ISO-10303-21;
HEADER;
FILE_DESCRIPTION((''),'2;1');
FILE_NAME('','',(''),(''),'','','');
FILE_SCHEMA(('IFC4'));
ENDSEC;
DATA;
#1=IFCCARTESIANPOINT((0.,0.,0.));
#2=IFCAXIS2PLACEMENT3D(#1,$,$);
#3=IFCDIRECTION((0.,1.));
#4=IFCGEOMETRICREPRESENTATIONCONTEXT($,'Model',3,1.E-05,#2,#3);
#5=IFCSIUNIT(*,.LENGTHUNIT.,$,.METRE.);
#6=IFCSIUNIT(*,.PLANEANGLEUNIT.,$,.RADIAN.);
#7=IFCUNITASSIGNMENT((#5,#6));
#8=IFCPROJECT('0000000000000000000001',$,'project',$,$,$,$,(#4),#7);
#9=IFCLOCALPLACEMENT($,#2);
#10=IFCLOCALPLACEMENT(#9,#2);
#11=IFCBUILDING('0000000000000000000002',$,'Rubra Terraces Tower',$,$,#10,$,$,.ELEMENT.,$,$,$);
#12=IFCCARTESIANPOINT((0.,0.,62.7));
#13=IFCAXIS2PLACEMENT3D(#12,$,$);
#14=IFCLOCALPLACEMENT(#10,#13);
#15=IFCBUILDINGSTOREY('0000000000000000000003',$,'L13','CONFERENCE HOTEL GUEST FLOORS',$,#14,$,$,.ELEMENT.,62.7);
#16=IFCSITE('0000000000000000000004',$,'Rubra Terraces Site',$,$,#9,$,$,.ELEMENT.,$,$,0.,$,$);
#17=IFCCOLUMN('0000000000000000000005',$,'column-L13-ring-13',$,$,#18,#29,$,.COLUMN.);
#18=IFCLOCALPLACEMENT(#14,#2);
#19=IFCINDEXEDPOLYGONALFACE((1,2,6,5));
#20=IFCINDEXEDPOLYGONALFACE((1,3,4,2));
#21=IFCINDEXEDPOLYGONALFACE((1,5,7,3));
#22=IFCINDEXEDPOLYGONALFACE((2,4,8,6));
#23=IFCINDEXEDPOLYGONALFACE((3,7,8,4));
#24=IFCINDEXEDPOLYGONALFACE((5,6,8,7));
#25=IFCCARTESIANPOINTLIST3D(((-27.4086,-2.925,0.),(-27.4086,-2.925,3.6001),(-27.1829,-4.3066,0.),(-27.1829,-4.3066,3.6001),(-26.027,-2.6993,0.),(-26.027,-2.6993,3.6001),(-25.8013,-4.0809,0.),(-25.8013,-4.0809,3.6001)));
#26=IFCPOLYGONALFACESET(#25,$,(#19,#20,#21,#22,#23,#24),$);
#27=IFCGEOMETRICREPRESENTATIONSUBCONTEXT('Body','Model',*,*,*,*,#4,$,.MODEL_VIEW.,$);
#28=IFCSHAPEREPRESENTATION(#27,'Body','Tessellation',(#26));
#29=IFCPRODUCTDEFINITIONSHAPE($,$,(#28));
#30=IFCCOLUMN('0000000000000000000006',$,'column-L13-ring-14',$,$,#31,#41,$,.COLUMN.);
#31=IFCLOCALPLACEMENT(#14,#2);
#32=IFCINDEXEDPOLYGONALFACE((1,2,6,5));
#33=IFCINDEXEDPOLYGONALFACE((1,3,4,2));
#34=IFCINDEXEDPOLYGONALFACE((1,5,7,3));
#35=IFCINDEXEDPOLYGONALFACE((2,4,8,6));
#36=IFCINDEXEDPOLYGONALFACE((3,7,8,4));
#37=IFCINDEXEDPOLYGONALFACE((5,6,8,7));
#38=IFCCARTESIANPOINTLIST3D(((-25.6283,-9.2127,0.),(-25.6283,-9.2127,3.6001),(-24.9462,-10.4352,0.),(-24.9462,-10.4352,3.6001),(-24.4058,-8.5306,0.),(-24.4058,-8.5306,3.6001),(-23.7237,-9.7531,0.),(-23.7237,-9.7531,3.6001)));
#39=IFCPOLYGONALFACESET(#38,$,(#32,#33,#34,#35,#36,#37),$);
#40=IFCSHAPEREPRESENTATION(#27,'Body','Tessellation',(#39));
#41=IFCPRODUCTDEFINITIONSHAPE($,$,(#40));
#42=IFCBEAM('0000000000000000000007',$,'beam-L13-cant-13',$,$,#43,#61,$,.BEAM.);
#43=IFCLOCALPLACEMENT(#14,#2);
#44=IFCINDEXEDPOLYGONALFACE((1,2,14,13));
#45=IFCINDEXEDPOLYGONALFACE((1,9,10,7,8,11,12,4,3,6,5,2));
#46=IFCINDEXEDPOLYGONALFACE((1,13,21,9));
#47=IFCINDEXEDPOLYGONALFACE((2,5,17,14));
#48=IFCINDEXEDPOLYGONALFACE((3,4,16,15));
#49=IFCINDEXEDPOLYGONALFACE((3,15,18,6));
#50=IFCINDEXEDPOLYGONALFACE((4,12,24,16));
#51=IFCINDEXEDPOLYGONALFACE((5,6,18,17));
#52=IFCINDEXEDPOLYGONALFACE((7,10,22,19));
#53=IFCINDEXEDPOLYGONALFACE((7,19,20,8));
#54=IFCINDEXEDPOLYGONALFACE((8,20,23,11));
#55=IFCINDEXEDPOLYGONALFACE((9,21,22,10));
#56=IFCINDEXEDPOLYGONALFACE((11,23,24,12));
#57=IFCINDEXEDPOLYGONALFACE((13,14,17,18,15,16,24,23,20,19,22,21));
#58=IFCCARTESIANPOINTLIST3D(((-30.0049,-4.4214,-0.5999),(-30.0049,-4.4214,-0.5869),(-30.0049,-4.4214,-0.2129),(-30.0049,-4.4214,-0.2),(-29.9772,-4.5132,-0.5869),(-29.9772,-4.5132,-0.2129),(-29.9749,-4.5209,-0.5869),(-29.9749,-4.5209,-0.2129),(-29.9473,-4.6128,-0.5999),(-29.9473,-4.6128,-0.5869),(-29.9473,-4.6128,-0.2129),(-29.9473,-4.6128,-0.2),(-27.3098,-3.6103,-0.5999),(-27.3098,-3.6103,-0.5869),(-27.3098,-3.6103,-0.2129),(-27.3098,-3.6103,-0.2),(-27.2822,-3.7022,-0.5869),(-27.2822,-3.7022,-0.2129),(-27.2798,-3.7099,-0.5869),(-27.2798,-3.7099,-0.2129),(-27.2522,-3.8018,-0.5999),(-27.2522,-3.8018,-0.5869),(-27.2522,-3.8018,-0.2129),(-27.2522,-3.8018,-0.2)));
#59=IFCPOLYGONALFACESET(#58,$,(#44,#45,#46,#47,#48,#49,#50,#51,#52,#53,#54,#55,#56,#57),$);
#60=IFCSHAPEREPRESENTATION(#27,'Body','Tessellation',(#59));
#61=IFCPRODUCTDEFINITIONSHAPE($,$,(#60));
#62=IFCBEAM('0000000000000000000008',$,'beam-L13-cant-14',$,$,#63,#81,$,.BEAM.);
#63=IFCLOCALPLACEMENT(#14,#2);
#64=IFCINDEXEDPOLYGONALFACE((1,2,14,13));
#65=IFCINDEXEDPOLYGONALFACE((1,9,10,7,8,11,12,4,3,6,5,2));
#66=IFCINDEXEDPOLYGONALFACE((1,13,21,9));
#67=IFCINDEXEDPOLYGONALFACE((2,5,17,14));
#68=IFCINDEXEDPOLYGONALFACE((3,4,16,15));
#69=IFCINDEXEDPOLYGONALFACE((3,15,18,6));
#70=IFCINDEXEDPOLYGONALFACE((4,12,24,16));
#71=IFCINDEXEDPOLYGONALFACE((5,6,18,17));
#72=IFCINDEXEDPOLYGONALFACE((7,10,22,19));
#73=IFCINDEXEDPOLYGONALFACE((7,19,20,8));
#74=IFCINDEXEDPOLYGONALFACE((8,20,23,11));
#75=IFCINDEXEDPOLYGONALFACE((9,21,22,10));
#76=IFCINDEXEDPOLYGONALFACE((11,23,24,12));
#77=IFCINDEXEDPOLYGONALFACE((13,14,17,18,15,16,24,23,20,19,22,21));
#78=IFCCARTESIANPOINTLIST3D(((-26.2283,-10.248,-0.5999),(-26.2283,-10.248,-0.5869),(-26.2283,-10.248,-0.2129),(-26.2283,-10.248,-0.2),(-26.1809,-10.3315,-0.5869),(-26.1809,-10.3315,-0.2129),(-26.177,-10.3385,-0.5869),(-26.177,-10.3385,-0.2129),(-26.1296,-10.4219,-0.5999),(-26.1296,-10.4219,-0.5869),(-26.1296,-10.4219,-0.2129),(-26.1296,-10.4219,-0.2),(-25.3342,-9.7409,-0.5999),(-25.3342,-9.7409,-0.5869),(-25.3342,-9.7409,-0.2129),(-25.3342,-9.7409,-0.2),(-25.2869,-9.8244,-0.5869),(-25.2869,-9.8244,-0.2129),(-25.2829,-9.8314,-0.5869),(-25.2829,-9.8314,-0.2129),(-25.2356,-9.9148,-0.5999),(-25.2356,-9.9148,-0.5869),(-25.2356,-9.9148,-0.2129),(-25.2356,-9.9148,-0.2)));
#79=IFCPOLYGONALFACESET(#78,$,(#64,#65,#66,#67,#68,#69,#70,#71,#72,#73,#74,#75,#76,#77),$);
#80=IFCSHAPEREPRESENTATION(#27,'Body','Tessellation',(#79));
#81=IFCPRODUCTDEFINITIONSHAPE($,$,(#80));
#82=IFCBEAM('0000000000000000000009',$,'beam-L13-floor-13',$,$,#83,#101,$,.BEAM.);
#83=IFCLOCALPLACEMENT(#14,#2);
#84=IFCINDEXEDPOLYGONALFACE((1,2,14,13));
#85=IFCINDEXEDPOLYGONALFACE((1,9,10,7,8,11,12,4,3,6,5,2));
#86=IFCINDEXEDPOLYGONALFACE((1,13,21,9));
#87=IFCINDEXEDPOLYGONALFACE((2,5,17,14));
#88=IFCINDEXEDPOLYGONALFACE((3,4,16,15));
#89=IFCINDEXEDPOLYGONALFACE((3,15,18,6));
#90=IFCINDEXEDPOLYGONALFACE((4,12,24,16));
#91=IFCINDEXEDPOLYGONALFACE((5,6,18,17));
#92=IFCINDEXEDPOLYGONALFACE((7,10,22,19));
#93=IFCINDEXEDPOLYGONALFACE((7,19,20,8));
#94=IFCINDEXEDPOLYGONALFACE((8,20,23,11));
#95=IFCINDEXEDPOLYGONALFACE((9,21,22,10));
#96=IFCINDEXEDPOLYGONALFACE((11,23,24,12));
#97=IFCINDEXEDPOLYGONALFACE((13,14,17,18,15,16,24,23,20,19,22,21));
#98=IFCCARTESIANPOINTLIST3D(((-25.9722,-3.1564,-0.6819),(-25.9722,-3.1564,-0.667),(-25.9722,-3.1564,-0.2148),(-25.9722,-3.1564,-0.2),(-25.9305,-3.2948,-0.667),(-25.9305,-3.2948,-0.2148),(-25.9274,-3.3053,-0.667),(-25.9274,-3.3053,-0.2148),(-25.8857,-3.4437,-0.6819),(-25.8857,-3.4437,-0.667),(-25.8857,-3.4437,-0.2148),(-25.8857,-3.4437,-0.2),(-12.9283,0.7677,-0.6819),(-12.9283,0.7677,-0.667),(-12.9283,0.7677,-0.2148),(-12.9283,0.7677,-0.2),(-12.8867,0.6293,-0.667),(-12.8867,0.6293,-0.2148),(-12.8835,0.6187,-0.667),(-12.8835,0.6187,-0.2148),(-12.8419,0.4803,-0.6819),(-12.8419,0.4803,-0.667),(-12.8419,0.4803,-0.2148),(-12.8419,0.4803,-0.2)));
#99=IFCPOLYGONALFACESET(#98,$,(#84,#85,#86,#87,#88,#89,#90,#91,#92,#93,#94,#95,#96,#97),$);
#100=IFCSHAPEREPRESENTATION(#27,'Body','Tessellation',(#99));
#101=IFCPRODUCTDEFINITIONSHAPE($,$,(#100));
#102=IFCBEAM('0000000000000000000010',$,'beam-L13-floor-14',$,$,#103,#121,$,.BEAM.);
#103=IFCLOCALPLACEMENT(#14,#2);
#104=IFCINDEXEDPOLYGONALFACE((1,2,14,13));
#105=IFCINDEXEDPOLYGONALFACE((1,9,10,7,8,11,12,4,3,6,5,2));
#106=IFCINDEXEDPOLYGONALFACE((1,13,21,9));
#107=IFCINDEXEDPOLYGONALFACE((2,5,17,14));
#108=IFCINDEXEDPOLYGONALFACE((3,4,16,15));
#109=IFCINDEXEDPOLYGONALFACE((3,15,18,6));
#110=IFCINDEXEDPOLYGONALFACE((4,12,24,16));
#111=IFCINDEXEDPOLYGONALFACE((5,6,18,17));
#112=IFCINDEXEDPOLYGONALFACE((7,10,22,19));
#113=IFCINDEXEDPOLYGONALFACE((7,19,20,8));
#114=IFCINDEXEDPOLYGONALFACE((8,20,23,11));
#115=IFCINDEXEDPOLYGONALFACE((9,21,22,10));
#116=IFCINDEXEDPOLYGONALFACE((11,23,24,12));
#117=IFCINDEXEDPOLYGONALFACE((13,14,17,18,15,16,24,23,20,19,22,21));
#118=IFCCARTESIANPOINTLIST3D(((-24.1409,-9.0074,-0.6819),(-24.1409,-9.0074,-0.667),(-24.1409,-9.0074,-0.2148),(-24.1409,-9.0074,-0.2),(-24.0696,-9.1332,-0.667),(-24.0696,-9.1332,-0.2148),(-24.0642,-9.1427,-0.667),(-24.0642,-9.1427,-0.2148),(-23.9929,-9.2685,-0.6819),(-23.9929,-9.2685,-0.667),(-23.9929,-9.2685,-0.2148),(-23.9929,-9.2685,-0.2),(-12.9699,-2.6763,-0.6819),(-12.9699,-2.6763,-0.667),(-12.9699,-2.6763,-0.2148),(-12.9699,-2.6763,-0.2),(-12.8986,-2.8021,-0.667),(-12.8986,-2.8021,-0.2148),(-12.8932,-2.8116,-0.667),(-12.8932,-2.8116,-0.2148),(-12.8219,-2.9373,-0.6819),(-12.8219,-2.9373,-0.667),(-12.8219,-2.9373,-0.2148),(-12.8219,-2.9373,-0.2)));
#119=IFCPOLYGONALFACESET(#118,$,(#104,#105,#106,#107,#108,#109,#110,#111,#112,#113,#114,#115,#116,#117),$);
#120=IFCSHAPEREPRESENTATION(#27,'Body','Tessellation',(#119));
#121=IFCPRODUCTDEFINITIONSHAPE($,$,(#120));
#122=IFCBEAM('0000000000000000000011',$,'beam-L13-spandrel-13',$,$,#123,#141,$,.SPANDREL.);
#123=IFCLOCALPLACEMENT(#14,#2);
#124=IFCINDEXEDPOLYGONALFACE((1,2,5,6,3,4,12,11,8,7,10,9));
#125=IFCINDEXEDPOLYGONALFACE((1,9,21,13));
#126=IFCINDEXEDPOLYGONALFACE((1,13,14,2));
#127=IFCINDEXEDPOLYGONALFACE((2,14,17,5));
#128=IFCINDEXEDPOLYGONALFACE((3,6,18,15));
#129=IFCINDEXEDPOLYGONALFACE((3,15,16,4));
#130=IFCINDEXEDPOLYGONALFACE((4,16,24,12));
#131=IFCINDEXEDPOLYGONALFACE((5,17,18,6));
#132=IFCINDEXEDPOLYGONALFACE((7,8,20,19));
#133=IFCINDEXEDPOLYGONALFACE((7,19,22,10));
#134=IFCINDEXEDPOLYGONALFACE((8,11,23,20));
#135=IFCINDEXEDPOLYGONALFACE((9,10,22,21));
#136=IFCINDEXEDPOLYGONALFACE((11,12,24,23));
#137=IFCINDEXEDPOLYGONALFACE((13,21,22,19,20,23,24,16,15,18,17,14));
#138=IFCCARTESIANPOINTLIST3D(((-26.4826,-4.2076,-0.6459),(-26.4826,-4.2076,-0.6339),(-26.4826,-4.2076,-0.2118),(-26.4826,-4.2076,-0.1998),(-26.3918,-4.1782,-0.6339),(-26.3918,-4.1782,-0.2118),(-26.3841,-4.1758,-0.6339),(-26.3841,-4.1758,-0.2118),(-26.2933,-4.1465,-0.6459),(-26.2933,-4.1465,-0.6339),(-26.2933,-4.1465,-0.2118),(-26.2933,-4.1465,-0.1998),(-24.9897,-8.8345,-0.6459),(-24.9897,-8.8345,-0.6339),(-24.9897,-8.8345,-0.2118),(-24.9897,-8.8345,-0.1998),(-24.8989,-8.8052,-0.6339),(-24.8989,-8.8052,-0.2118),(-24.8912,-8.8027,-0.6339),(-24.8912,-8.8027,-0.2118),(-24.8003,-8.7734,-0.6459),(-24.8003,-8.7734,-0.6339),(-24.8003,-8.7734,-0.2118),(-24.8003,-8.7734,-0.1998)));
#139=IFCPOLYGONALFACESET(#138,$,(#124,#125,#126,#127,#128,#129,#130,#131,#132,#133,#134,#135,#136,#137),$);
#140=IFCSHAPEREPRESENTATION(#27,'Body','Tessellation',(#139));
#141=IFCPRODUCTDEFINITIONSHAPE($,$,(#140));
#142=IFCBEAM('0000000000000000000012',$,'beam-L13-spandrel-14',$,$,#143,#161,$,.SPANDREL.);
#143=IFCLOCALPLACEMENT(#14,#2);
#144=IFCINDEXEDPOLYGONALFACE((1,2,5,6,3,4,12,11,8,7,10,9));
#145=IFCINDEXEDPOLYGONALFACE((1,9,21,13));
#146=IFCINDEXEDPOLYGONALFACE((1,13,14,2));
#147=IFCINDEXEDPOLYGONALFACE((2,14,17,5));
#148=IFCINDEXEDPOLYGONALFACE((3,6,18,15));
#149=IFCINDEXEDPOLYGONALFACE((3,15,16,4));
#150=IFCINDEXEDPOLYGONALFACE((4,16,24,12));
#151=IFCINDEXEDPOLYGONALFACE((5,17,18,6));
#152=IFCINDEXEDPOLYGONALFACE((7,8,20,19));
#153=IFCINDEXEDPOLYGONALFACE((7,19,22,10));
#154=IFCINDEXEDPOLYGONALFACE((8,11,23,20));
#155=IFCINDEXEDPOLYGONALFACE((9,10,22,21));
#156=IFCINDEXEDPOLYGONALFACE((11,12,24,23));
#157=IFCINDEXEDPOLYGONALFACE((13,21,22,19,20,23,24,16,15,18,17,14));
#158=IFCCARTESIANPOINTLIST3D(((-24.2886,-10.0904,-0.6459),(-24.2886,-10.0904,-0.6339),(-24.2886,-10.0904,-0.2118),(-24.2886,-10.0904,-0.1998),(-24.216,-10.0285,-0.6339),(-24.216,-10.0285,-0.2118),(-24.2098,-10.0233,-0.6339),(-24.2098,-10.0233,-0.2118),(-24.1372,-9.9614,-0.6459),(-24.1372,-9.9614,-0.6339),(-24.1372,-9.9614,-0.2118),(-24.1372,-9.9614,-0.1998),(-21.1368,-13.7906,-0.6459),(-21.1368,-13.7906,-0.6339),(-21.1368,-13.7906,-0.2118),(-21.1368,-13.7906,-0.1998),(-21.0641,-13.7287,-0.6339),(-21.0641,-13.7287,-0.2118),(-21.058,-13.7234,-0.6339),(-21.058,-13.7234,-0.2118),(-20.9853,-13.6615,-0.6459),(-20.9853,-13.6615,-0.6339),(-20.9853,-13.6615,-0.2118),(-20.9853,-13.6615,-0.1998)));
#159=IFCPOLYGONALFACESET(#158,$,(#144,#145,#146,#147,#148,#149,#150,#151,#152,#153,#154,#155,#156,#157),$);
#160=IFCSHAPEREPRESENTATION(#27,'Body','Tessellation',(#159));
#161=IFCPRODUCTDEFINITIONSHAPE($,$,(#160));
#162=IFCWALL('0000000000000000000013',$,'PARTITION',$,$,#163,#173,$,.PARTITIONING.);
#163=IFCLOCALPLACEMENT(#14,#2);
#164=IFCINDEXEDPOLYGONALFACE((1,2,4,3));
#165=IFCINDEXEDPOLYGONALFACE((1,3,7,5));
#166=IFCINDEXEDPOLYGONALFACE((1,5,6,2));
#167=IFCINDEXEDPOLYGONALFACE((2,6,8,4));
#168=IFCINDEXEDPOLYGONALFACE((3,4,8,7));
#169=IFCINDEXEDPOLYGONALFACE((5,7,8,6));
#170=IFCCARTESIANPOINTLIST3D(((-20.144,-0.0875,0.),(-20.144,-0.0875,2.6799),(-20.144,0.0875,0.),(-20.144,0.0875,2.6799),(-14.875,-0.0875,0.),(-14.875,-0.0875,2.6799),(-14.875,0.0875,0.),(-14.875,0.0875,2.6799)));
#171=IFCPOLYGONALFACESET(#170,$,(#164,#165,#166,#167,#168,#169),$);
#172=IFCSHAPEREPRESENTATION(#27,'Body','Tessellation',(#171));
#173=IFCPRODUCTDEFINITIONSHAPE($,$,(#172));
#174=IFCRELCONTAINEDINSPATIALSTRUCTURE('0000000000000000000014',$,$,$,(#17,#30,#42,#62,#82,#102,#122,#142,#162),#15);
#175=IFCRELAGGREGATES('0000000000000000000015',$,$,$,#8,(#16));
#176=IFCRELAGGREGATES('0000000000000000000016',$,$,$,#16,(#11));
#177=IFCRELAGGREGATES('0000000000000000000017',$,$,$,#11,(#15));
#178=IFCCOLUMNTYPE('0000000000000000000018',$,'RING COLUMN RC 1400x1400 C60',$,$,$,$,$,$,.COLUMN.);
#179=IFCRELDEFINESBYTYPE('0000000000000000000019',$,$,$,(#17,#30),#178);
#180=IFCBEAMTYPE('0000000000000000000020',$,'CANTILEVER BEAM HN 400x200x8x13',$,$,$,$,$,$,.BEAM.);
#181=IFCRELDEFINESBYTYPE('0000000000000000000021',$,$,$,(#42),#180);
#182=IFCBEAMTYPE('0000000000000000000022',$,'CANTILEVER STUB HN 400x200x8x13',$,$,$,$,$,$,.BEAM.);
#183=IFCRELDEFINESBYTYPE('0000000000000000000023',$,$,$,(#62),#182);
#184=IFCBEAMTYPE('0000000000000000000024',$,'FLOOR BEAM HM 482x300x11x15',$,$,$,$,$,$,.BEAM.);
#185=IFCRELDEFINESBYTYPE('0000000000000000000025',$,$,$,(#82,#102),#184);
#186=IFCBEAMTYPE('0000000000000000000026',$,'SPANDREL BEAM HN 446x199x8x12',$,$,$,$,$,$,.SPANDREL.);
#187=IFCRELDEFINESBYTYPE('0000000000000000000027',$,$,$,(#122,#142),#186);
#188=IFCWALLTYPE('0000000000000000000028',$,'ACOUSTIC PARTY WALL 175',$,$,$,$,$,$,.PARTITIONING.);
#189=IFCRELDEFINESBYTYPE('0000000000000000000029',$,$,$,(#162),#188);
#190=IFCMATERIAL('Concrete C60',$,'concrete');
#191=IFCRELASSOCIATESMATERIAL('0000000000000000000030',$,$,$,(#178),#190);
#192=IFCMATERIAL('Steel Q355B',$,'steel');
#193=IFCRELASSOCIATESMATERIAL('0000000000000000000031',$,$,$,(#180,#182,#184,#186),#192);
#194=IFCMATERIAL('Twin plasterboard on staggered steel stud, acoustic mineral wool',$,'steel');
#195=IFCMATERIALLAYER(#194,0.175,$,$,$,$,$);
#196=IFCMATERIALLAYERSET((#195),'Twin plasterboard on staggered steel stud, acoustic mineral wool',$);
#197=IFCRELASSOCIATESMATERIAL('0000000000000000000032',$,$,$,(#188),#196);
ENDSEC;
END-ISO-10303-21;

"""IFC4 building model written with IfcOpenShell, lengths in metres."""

from ifc_helpers import new_model, si_unit, direction, frame, frame_2d, origin, origin_2d, place, context, subcontext, project, spatial, rectangle, i_section, extrude, material, layer, layer_set, material_profile, profile_set, type_object, element, save


model = new_model("IFC4")

# Units and contexts
model_context = context("Model", 3, precision=1e-05, world=origin(), true_north=direction((0.0, 1.0)))
body_context = subcontext(model_context, "Body", "Model", "MODEL_VIEW")
ifc_project = project(units=[si_unit("LENGTHUNIT", "METRE"), si_unit("PLANEANGLEUNIT", "RADIAN")], contexts=[model_context])

# Site, building, storey
site_placement = place(None, origin())
site = spatial("IfcSite", under=ifc_project, at=site_placement, Name="Rubra Terraces Site", CompositionType="ELEMENT", RefElevation=0.0)
building_placement = place(site_placement, origin())
building = spatial("IfcBuilding", under=site, at=building_placement, Name="Rubra Terraces Tower", CompositionType="ELEMENT")
storey_placement = place(building_placement, frame((0.0, 0.0, 62.7)))
storey = spatial("IfcBuildingStorey", under=building, at=storey_placement, Name="L13", Description="CONFERENCE HOTEL GUEST FLOORS", CompositionType="ELEMENT", Elevation=62.7)

# Columns
ifc_material_1 = material(Name="Concrete C60", Category="concrete")
ifc_material_profile_1 = material_profile(ifc_material_1, rectangle(XDim=1.3999, YDim=1.3999, at=origin_2d()), Name="RC 1400x1400")
ifc_profile_set_1 = profile_set([ifc_material_profile_1], Name="Concrete C60")
column_type = type_object("IfcColumnType", Name="RING COLUMN RC 1400x1400 C60", PredefinedType="COLUMN", material=ifc_profile_set_1)
for number, where, z_axis, x_axis, name in (
    (1, (-26.605, -3.5029, 0.0), (0.0, 0.0, 1.0), (0.161234, -0.986916, 0.0), "column-L13-ring-13"),
    (2, (-24.676, -9.4829, 0.0), (0.0, 0.0, 1.0), (0.487227, -0.873276, 0.0), "column-L13-ring-14"),
):
    element("IfcColumn", number, at=place(storey_placement, frame(where, z_axis=z_axis, x_axis=x_axis)), inside=storey, type_object=column_type, Name=name, PredefinedType="COLUMN", context=body_context, shape_type="SweptSolid", body=[
        extrude(rectangle(XDim=1.3999, YDim=1.3999, at=origin_2d()), origin(), (0.0, 0.0, 1.0), 3.6001),
    ])

# Beams
ifc_material_2 = material(Name="Steel Q355B", Category="steel")
ifc_material_profile_2 = material_profile(ifc_material_2, i_section(OverallWidth=0.2, OverallDepth=0.3999, WebThickness=0.0081, FlangeThickness=0.0129, at=origin_2d()), Name="HN 400x200x8x13")
ifc_profile_set_2 = profile_set([ifc_material_profile_2], Name="Steel Q355B")
beam_type_1 = type_object("IfcBeamType", Name="CANTILEVER BEAM HN 400x200x8x13", PredefinedType="BEAM", material=ifc_profile_set_2)
beam_1_placement = place(storey_placement, frame((-27.281, -3.7061, -0.3999), z_axis=(-0.95758, -0.288167, 0.0), x_axis=(0.288167, -0.95758, 0.0)))
element("IfcBeam", 3, at=beam_1_placement, inside=storey, type_object=beam_type_1, Name="beam-L13-cant-13", PredefinedType="BEAM", context=body_context, shape_type="SweptSolid", body=[
    extrude(i_section(OverallWidth=0.2, OverallDepth=0.3999, WebThickness=0.0081, FlangeThickness=0.0129, at=origin_2d()), origin(), (0.0, 0.0, 1.0), 2.8145),
])
ifc_material_profile_3 = material_profile(ifc_material_2, i_section(OverallWidth=0.2, OverallDepth=0.3999, WebThickness=0.0081, FlangeThickness=0.0129, at=origin_2d()), Name="HN 400x200x8x13")
ifc_profile_set_3 = profile_set([ifc_material_profile_3], Name="Steel Q355B")
beam_type_2 = type_object("IfcBeamType", Name="CANTILEVER STUB HN 400x200x8x13", PredefinedType="BEAM", material=ifc_profile_set_3)
beam_2_placement = place(storey_placement, frame((-25.2849, -9.8279, -0.3999), z_axis=(-0.869832, -0.493348, 0.0), x_axis=(0.493348, -0.869832, 0.0)))
element("IfcBeam", 4, at=beam_2_placement, inside=storey, type_object=beam_type_2, Name="beam-L13-cant-14", PredefinedType="BEAM", context=body_context, shape_type="SweptSolid", body=[
    extrude(i_section(OverallWidth=0.2, OverallDepth=0.3999, WebThickness=0.0081, FlangeThickness=0.0129, at=origin_2d()), origin(), (0.0, 0.0, 1.0), 1.0278),
])
ifc_material_profile_4 = material_profile(ifc_material_2, i_section(OverallWidth=0.3, OverallDepth=0.4819, WebThickness=0.011, FlangeThickness=0.0149, at=origin_2d()), Name="HM 482x300x11x15")
ifc_profile_set_4 = profile_set([ifc_material_profile_4], Name="Steel Q355B")
beam_type_3 = type_object("IfcBeamType", Name="FLOOR BEAM HM 482x300x11x15", PredefinedType="BEAM", material=ifc_profile_set_4)
beam_3_placement = place(storey_placement, frame((-25.929, -3.3, -0.4409), z_axis=(0.957606, 0.288081, 0.0), x_axis=(-0.288081, 0.957606, 0.0)))
element("IfcBeam", 5, at=beam_3_placement, inside=storey, type_object=beam_type_3, Name="beam-L13-floor-13", PredefinedType="BEAM", context=body_context, shape_type="SweptSolid", body=[
    extrude(i_section(OverallWidth=0.3, OverallDepth=0.4819, WebThickness=0.011, FlangeThickness=0.0149, at=origin_2d()), origin(), (0.0, 0.0, 1.0), 13.6213),
])
beam_4_placement = place(storey_placement, frame((-24.0669, -9.1379, -0.4409), z_axis=(0.869993, 0.493064, 0.0), x_axis=(-0.493064, 0.869993, 0.0)))
element("IfcBeam", 6, at=beam_4_placement, inside=storey, type_object=beam_type_3, Name="beam-L13-floor-14", PredefinedType="BEAM", context=body_context, shape_type="SweptSolid", body=[
    extrude(i_section(OverallWidth=0.3, OverallDepth=0.4819, WebThickness=0.011, FlangeThickness=0.0149, at=origin_2d()), origin(), (0.0, 0.0, 1.0), 12.8403),
])
ifc_material_profile_5 = material_profile(ifc_material_2, i_section(OverallWidth=0.199, OverallDepth=0.446, WebThickness=0.0081, FlangeThickness=0.012, at=origin_2d()), Name="HN 446x199x8x12")
ifc_profile_set_5 = profile_set([ifc_material_profile_5], Name="Steel Q355B")
beam_type_4 = type_object("IfcBeamType", Name="SPANDREL BEAM HN 446x199x8x12", PredefinedType="SPANDREL", material=ifc_profile_set_5)
beam_5_placement = place(storey_placement, frame((-26.3879, -4.177, -0.4229), z_axis=(0.307069, -0.951687, 0.0), x_axis=(0.951687, 0.307069, 0.0)))
element("IfcBeam", 7, at=beam_5_placement, inside=storey, type_object=beam_type_4, Name="beam-L13-spandrel-13", PredefinedType="SPANDREL", context=body_context, shape_type="SweptSolid", body=[
    extrude(i_section(OverallWidth=0.199, OverallDepth=0.446, WebThickness=0.0081, FlangeThickness=0.012, at=origin_2d()), origin(), (0.0, 0.0, 1.0), 4.8618),
])
beam_6_placement = place(storey_placement, frame((-24.2129, -10.0259, -0.4229), z_axis=(0.648447, -0.76126, 0.0), x_axis=(0.76126, 0.648447, 0.0)))
element("IfcBeam", 8, at=beam_6_placement, inside=storey, type_object=beam_type_4, Name="beam-L13-spandrel-14", PredefinedType="SPANDREL", context=body_context, shape_type="SweptSolid", body=[
    extrude(i_section(OverallWidth=0.199, OverallDepth=0.446, WebThickness=0.0081, FlangeThickness=0.012, at=origin_2d()), origin(), (0.0, 0.0, 1.0), 4.8606),
])

# Wall
ifc_material_3 = material(Name="Twin plasterboard on staggered steel stud, acoustic mineral wool", Category="steel")
ifc_layer_1 = layer(ifc_material_3, 0.175)
ifc_layer_set_1 = layer_set([ifc_layer_1], Name="Twin plasterboard on staggered steel stud, acoustic mineral wool")
wall_type_1 = type_object("IfcWallType", Name="ACOUSTIC PARTY WALL 175", PredefinedType="PARTITIONING", material=ifc_layer_set_1)
wall_1_placement = place(storey_placement, frame((-20.144, 0.0, 0.0), z_axis=(0.0, 0.0, 1.0), x_axis=(1.0, 0.0, 0.0)))
element("IfcWall", 9, at=wall_1_placement, inside=storey, type_object=wall_type_1, Name="PARTITION", PredefinedType="PARTITIONING", context=body_context, shape_type="SweptSolid", body=[
    extrude(rectangle(XDim=5.269, YDim=0.175, at=frame_2d((2.6345, 0.0))), origin(), (0.0, 0.0, 1.0), 2.6799),
])

save(model, "model.ifc")
